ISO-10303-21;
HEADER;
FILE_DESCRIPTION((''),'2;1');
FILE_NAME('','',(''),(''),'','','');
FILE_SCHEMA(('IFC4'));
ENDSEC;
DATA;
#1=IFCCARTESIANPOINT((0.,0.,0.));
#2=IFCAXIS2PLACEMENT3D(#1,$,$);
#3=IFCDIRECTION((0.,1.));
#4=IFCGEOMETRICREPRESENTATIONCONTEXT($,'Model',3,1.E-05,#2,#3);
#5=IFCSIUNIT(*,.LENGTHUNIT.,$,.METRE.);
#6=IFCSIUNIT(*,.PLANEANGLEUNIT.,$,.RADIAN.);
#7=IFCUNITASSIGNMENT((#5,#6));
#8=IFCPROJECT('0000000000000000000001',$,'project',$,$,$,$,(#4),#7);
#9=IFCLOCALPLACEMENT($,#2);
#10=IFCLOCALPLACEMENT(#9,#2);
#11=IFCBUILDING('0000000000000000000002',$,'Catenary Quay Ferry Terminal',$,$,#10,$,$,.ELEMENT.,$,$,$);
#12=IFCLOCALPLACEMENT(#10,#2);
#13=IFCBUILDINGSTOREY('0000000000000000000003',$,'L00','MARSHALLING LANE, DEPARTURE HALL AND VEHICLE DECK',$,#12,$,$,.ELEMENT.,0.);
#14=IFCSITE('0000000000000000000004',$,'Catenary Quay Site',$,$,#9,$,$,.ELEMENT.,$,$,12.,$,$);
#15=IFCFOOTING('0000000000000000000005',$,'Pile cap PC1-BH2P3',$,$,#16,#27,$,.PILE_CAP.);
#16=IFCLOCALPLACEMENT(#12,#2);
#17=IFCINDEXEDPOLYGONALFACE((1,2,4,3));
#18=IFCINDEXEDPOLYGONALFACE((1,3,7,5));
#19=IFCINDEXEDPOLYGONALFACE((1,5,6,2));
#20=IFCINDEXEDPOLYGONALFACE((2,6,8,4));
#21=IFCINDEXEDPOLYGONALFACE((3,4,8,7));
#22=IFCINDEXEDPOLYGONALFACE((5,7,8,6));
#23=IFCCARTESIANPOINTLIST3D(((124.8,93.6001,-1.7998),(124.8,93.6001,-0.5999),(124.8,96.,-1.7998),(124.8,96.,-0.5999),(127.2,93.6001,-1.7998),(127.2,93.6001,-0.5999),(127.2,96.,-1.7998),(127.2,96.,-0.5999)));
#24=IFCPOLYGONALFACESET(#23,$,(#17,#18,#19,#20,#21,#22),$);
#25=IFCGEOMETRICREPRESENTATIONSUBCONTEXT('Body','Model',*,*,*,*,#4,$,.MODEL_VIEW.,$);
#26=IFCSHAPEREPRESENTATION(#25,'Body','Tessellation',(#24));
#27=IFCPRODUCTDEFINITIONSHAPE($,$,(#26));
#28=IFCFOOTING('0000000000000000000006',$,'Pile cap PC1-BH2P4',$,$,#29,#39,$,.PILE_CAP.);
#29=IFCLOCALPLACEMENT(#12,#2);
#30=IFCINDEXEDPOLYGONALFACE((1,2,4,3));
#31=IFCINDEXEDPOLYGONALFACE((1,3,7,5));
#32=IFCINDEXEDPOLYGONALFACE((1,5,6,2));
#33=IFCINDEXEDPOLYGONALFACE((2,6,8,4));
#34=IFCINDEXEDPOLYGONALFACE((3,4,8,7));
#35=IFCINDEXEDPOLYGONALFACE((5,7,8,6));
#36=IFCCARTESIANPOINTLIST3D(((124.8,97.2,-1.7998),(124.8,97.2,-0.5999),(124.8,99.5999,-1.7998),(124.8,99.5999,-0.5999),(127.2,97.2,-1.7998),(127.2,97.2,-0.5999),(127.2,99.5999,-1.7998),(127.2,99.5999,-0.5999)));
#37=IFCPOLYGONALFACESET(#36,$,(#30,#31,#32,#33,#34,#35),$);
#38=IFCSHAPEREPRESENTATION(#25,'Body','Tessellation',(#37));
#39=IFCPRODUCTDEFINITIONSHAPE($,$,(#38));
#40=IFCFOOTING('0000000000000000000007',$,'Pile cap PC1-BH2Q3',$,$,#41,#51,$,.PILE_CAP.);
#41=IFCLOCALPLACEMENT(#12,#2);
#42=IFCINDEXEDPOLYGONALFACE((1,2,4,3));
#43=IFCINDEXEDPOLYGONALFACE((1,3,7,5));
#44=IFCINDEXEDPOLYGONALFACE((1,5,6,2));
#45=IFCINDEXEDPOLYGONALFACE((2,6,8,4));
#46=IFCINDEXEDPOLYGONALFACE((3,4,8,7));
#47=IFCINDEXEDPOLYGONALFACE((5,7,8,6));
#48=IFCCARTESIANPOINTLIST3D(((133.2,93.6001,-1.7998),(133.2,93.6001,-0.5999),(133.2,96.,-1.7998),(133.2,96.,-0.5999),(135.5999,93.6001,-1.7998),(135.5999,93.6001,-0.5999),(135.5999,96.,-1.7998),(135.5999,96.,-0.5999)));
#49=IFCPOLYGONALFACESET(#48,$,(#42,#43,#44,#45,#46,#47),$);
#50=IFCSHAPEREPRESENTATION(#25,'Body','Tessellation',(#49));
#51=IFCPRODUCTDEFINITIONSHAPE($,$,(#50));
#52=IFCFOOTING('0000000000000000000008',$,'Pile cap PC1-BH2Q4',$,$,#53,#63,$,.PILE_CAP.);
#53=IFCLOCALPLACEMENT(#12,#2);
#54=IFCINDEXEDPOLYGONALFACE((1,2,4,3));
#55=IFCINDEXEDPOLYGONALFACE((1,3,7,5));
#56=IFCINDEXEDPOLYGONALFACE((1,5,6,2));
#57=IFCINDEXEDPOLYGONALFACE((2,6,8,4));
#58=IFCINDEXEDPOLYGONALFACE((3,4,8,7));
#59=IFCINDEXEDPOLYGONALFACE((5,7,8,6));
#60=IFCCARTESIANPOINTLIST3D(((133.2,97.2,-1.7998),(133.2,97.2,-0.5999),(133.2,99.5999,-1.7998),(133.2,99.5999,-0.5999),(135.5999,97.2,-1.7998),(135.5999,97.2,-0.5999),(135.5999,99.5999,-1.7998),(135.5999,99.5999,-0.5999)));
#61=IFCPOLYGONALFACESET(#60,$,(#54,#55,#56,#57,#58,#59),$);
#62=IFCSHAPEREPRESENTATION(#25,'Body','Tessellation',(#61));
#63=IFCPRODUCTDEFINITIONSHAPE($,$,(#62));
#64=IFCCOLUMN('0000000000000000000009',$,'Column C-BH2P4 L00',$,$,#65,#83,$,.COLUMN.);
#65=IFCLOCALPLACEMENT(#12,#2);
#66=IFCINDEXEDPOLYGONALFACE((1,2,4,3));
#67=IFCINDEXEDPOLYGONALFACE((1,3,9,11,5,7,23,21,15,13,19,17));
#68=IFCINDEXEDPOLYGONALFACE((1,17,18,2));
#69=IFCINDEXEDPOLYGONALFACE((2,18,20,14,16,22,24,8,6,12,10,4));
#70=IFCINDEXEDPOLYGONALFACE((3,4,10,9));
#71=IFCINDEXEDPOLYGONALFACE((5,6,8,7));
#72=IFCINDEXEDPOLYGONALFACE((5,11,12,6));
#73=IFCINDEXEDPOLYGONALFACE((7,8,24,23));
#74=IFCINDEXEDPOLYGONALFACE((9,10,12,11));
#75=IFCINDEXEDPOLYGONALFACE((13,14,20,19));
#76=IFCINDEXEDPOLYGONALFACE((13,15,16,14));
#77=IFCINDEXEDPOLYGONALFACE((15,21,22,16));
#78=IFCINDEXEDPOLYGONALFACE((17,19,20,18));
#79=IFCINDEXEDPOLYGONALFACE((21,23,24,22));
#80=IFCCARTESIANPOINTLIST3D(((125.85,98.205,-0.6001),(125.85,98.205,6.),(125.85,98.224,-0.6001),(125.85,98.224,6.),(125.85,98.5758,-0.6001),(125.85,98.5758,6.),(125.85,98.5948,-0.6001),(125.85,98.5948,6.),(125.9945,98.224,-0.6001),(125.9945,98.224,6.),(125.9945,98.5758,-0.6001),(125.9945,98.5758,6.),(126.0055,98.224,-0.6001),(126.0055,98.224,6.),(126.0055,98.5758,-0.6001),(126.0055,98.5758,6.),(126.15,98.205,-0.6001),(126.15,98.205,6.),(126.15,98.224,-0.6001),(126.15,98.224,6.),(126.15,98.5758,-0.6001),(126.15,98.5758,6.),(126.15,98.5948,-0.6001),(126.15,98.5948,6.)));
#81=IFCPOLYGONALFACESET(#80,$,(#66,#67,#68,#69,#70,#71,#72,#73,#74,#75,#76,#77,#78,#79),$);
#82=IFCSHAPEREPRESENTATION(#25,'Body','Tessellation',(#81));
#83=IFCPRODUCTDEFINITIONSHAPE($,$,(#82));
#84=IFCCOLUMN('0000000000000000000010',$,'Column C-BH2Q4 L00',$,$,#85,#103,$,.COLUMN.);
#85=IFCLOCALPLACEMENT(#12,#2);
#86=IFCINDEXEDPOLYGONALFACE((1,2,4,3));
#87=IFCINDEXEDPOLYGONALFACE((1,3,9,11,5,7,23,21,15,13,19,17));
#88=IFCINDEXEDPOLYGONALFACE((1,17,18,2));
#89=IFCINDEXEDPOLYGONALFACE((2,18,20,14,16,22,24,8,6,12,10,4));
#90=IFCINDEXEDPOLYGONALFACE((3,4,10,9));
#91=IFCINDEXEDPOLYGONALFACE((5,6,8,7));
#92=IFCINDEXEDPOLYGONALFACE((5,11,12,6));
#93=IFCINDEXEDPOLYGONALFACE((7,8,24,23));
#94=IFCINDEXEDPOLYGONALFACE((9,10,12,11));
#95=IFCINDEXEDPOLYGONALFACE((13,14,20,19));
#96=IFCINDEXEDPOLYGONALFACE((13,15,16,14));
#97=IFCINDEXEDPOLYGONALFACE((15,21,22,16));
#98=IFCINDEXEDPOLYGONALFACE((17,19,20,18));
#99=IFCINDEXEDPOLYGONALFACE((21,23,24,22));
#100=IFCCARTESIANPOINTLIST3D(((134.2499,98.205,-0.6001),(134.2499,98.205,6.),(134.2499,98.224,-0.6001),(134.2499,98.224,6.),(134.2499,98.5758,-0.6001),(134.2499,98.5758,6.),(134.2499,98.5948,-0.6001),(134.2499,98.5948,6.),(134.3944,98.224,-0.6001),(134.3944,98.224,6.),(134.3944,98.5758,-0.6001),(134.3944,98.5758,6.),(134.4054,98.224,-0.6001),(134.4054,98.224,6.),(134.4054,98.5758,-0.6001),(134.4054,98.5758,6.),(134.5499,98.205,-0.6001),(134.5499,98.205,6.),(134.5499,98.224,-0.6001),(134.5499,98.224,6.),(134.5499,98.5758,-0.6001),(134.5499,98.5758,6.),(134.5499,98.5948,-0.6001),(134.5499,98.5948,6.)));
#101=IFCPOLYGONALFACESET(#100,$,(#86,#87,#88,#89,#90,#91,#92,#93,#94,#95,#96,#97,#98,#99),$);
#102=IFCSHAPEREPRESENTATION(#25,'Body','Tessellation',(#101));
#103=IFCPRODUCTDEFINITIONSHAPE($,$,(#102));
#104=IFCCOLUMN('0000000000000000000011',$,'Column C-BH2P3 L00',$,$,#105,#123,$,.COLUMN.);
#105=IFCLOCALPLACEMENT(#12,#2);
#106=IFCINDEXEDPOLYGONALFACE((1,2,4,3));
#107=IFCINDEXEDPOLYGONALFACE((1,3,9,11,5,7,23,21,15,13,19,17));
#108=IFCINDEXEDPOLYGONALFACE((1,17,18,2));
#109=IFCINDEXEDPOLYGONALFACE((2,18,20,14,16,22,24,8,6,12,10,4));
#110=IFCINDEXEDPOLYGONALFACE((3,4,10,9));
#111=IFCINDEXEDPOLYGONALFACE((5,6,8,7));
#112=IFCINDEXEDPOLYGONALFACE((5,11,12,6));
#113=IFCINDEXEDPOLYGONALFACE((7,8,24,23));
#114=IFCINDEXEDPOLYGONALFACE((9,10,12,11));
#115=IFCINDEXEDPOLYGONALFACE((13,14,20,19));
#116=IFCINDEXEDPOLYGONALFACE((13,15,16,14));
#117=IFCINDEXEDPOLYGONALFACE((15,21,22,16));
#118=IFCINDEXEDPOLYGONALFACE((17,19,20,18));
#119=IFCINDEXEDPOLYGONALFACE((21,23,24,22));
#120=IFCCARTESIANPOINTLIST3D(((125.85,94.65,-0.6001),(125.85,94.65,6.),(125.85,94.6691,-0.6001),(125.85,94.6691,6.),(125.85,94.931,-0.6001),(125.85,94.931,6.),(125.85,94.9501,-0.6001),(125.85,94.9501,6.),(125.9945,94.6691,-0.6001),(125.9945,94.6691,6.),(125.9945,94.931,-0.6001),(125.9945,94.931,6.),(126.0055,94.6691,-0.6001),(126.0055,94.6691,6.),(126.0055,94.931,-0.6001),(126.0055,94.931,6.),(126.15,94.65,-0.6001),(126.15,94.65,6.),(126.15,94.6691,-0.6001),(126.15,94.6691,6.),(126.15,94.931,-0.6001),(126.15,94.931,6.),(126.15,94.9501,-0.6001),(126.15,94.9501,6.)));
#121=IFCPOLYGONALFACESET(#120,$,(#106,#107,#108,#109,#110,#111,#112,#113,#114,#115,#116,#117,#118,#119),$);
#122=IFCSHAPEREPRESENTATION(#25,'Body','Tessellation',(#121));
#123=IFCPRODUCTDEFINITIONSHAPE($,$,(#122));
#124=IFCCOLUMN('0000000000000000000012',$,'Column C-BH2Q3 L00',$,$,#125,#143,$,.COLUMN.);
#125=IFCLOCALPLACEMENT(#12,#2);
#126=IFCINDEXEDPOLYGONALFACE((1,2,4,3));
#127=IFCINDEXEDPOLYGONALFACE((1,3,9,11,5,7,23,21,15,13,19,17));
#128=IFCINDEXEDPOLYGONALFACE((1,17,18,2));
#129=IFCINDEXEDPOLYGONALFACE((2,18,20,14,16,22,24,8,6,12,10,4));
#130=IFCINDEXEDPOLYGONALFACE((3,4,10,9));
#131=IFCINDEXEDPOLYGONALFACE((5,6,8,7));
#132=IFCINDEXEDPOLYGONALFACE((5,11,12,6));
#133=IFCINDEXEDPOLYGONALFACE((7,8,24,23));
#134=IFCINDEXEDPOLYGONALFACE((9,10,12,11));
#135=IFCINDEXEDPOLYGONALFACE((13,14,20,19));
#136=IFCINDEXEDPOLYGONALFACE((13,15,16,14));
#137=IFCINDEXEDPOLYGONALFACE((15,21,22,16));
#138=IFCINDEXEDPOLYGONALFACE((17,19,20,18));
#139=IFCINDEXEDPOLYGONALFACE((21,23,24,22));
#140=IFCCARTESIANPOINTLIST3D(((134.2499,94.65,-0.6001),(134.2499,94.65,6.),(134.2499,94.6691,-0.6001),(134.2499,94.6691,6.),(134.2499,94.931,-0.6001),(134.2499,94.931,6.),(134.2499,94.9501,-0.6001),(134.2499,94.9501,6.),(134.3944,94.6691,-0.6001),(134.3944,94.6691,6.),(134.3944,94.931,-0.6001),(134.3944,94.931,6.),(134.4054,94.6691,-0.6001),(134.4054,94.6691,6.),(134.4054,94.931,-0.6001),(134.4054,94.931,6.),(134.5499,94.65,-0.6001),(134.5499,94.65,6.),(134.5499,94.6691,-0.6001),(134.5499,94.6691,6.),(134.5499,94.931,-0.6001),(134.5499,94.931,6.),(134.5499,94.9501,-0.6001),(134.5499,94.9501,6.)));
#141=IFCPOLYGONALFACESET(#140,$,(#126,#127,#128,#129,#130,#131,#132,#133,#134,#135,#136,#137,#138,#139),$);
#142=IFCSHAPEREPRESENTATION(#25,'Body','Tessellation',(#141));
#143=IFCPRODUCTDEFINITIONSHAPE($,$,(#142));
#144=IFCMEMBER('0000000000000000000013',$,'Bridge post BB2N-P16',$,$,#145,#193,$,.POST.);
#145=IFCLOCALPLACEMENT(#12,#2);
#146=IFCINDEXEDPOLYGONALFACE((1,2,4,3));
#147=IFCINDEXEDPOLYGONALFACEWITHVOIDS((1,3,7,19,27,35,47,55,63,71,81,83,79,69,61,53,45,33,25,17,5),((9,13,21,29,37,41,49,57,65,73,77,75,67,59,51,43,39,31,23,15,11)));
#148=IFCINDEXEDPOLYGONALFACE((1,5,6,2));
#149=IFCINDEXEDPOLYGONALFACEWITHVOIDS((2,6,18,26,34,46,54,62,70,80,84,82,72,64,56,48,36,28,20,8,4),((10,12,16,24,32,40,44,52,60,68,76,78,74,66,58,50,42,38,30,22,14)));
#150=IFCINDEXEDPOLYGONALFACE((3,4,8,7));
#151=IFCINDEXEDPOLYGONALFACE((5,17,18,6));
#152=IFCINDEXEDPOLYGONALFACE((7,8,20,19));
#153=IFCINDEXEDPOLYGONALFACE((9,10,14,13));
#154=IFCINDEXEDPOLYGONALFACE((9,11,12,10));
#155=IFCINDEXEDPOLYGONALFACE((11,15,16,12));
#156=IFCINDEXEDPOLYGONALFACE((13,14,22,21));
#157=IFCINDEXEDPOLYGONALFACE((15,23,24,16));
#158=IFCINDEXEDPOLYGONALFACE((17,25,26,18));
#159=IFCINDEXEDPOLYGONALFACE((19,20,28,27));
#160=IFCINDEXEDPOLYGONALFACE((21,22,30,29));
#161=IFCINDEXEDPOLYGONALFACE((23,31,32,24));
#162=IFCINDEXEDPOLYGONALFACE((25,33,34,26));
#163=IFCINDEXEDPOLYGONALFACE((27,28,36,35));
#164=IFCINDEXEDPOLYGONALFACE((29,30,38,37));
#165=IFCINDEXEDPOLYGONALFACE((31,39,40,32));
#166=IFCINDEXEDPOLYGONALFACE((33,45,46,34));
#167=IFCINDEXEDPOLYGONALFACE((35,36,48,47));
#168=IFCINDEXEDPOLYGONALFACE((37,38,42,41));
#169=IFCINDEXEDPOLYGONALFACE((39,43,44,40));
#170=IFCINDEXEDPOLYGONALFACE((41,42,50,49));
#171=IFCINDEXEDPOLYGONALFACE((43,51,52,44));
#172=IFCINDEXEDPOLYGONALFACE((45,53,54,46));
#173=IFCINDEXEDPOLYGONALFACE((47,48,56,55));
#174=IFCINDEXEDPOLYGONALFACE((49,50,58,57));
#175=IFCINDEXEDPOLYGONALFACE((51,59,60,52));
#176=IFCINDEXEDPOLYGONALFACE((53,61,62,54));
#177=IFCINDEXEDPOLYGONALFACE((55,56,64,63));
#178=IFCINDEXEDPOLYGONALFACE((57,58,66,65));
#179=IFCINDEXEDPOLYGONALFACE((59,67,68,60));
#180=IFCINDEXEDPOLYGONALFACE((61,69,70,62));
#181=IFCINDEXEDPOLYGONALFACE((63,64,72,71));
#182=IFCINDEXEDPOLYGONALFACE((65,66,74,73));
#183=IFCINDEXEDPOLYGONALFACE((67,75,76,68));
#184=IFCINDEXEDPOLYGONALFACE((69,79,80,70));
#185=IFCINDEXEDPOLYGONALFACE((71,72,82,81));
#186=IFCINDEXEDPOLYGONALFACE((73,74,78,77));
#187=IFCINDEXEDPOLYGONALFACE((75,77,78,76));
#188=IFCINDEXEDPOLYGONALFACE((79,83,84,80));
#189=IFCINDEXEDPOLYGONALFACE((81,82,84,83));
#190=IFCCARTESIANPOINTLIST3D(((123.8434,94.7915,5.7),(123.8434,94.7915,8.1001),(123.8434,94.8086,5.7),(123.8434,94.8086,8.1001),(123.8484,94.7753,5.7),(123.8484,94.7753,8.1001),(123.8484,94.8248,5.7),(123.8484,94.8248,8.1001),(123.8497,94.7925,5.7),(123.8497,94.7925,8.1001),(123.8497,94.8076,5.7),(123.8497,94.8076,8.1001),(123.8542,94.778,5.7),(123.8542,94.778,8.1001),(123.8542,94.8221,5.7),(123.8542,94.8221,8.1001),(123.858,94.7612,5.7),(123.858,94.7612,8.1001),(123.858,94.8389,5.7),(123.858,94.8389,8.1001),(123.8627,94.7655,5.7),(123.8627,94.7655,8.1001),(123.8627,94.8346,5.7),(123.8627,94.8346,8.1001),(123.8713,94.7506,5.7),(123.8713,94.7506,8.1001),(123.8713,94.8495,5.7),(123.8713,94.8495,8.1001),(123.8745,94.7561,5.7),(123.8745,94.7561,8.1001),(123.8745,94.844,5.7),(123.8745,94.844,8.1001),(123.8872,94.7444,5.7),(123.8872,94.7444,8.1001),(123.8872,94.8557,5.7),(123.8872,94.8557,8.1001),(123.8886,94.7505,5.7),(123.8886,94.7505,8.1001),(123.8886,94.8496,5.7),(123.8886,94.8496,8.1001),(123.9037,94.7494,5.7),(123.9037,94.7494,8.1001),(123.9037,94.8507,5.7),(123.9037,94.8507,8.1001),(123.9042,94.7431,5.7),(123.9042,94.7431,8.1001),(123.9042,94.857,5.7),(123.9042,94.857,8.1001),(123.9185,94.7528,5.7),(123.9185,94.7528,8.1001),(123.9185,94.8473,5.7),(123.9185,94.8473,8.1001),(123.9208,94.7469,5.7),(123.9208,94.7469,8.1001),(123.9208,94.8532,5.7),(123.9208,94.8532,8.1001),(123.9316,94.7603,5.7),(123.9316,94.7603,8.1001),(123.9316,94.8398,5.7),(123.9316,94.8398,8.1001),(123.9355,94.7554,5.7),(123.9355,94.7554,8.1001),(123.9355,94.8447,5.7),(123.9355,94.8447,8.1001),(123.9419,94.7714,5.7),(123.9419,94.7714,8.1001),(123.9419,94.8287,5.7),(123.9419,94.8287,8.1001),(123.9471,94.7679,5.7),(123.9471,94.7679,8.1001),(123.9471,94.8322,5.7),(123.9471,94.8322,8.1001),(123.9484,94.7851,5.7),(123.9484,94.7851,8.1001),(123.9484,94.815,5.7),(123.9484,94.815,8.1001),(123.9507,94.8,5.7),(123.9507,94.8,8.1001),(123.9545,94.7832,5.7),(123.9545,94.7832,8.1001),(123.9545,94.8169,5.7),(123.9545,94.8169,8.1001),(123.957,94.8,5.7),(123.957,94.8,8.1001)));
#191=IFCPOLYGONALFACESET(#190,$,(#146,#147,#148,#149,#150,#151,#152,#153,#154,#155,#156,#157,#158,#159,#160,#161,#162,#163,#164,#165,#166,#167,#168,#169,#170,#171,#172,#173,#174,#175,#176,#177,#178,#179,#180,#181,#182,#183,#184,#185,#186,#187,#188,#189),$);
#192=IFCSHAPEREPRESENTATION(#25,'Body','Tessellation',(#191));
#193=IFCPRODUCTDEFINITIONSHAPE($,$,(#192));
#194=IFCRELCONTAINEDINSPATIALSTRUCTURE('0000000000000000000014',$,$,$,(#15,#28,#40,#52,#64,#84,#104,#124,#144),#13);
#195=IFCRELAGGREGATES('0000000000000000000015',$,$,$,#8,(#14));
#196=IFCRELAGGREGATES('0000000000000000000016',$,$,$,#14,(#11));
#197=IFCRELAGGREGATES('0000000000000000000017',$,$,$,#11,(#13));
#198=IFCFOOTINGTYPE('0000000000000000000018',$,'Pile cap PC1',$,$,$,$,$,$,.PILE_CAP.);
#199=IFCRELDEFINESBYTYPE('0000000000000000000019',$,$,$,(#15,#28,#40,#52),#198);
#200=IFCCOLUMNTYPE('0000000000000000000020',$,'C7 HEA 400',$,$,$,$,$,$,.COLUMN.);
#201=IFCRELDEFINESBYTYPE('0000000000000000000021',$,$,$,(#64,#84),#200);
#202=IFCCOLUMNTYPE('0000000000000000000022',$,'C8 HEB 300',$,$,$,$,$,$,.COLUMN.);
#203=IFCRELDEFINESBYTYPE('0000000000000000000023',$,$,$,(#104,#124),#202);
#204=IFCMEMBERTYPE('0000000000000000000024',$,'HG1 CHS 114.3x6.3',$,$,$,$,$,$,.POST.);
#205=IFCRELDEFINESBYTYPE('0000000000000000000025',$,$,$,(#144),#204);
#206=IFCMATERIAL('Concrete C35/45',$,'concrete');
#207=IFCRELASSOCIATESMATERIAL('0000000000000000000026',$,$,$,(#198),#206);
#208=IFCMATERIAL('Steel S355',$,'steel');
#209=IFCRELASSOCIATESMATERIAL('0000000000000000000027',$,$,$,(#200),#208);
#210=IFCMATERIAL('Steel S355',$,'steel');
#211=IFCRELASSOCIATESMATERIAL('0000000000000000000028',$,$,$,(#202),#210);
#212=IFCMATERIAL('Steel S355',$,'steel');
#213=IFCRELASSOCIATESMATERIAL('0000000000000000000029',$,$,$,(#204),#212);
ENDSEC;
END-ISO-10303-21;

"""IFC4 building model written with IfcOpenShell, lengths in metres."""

from ifc_helpers import new_model, si_unit, direction, frame, origin, origin_2d, place, context, subcontext, project, spatial, rectangle, hollow_circle, i_section, extrude, material, material_profile, profile_set, type_object, element, save


model = new_model("IFC4")

# Units and contexts
model_context = context("Model", 3, precision=1e-05, world=origin(), true_north=direction((0.0, 1.0)))
body_context = subcontext(model_context, "Body", "Model", "MODEL_VIEW")
ifc_project = project(units=[si_unit("LENGTHUNIT", "METRE"), si_unit("PLANEANGLEUNIT", "RADIAN")], contexts=[model_context])

# Site, building, storey
site_placement = place(None, origin())
site = spatial("IfcSite", under=ifc_project, at=site_placement, Name="Catenary Quay Site", CompositionType="ELEMENT", RefElevation=12.0)
building_placement = place(site_placement, origin())
building = spatial("IfcBuilding", under=site, at=building_placement, Name="Catenary Quay Ferry Terminal", CompositionType="ELEMENT")
storey_placement = place(building_placement, origin())
storey = spatial("IfcBuildingStorey", under=building, at=storey_placement, Name="L00", Description="MARSHALLING LANE, DEPARTURE HALL AND VEHICLE DECK", CompositionType="ELEMENT", Elevation=0.0)

# Footings
ifc_material_1 = material(Name="Concrete C35/45", Category="concrete")
footing_type = type_object("IfcFootingType", Name="Pile cap PC1", PredefinedType="PILE_CAP", material=ifc_material_1)
for number, where, z_axis, x_axis, name in (
    (1, (126.0, 94.8, -1.7998), (0.0, 0.0, 1.0), (1.0, 0.0, 0.0), "Pile cap PC1-BH2P3"),
    (2, (126.0, 98.3999, -1.7998), (0.0, 0.0, 1.0), (1.0, 0.0, 0.0), "Pile cap PC1-BH2P4"),
    (3, (134.3999, 94.8, -1.7998), (0.0, 0.0, 1.0), (1.0, 0.0, 0.0), "Pile cap PC1-BH2Q3"),
    (4, (134.3999, 98.3999, -1.7998), (0.0, 0.0, 1.0), (1.0, 0.0, 0.0), "Pile cap PC1-BH2Q4"),
):
    element("IfcFooting", number, at=place(storey_placement, frame(where, z_axis=z_axis, x_axis=x_axis)), inside=storey, type_object=footing_type, Name=name, PredefinedType="PILE_CAP", context=body_context, shape_type="SweptSolid", body=[
        extrude(rectangle(XDim=2.3999, YDim=2.3999, at=origin_2d()), origin(), (0.0, 0.0, 1.0), 1.2),
    ])

# Columns
ifc_material_2 = material(Name="Steel S355", Category="steel")
ifc_material_profile_1 = material_profile(ifc_material_2, i_section(OverallWidth=0.3, OverallDepth=0.3899, WebThickness=0.011, FlangeThickness=0.019, at=origin_2d()), Name="HEA 400")
ifc_profile_set_1 = profile_set([ifc_material_profile_1], Name="Steel S355")
column_type_1 = type_object("IfcColumnType", Name="C7 HEA 400", PredefinedType="COLUMN", material=ifc_profile_set_1)
for number, where, z_axis, x_axis, name in (
    (5, (126.0, 98.3999, -0.6001), (0.0, 0.0, 1.0), (1.0, 0.0, 0.0), "Column C-BH2P4 L00"),
    (6, (134.3999, 98.3999, -0.6001), (0.0, 0.0, 1.0), (1.0, 0.0, 0.0), "Column C-BH2Q4 L00"),
):
    element("IfcColumn", number, at=place(storey_placement, frame(where, z_axis=z_axis, x_axis=x_axis)), inside=storey, type_object=column_type_1, Name=name, PredefinedType="COLUMN", context=body_context, shape_type="SweptSolid", body=[
        extrude(i_section(OverallWidth=0.3, OverallDepth=0.3899, WebThickness=0.011, FlangeThickness=0.019, at=origin_2d()), origin(), (0.0, 0.0, 1.0), 6.6001),
    ])
ifc_material_3 = material(Name="Steel S355", Category="steel")
ifc_material_profile_2 = material_profile(ifc_material_3, i_section(OverallWidth=0.3, OverallDepth=0.3, WebThickness=0.011, FlangeThickness=0.019, at=origin_2d()), Name="HEB 300")
ifc_profile_set_2 = profile_set([ifc_material_profile_2], Name="Steel S355")
column_type_2 = type_object("IfcColumnType", Name="C8 HEB 300", PredefinedType="COLUMN", material=ifc_profile_set_2)
for number, where, z_axis, x_axis, name in (
    (7, (126.0, 94.8, -0.6001), (0.0, 0.0, 1.0), (1.0, 0.0, 0.0), "Column C-BH2P3 L00"),
    (8, (134.3999, 94.8, -0.6001), (0.0, 0.0, 1.0), (1.0, 0.0, 0.0), "Column C-BH2Q3 L00"),
):
    element("IfcColumn", number, at=place(storey_placement, frame(where, z_axis=z_axis, x_axis=x_axis)), inside=storey, type_object=column_type_2, Name=name, PredefinedType="COLUMN", context=body_context, shape_type="SweptSolid", body=[
        extrude(i_section(OverallWidth=0.3, OverallDepth=0.3, WebThickness=0.011, FlangeThickness=0.019, at=origin_2d()), origin(), (0.0, 0.0, 1.0), 6.6001),
    ])

# Member
ifc_material_4 = material(Name="Steel S355", Category="steel")
ifc_material_profile_3 = material_profile(ifc_material_4, hollow_circle(Radius=0.0571, WallThickness=0.0063, at=origin_2d()), Name="CHS 114.3x6.3")
ifc_profile_set_3 = profile_set([ifc_material_profile_3], Name="Steel S355")
member_type_1 = type_object("IfcMemberType", Name="HG1 CHS 114.3x6.3", PredefinedType="POST", material=ifc_profile_set_3)
member_1_placement = place(storey_placement, frame((123.8999, 94.8, 5.7), z_axis=(0.0, 0.0, 1.0), x_axis=(1.0, 0.0, 0.0)))
element("IfcMember", 9, at=member_1_placement, inside=storey, type_object=member_type_1, Name="Bridge post BB2N-P16", PredefinedType="POST", context=body_context, shape_type="SweptSolid", body=[
    extrude(hollow_circle(Radius=0.0571, WallThickness=0.0063, at=origin_2d()), origin(), (0.0, 0.0, 1.0), 2.4001),
])

save(model, "model.ifc")
